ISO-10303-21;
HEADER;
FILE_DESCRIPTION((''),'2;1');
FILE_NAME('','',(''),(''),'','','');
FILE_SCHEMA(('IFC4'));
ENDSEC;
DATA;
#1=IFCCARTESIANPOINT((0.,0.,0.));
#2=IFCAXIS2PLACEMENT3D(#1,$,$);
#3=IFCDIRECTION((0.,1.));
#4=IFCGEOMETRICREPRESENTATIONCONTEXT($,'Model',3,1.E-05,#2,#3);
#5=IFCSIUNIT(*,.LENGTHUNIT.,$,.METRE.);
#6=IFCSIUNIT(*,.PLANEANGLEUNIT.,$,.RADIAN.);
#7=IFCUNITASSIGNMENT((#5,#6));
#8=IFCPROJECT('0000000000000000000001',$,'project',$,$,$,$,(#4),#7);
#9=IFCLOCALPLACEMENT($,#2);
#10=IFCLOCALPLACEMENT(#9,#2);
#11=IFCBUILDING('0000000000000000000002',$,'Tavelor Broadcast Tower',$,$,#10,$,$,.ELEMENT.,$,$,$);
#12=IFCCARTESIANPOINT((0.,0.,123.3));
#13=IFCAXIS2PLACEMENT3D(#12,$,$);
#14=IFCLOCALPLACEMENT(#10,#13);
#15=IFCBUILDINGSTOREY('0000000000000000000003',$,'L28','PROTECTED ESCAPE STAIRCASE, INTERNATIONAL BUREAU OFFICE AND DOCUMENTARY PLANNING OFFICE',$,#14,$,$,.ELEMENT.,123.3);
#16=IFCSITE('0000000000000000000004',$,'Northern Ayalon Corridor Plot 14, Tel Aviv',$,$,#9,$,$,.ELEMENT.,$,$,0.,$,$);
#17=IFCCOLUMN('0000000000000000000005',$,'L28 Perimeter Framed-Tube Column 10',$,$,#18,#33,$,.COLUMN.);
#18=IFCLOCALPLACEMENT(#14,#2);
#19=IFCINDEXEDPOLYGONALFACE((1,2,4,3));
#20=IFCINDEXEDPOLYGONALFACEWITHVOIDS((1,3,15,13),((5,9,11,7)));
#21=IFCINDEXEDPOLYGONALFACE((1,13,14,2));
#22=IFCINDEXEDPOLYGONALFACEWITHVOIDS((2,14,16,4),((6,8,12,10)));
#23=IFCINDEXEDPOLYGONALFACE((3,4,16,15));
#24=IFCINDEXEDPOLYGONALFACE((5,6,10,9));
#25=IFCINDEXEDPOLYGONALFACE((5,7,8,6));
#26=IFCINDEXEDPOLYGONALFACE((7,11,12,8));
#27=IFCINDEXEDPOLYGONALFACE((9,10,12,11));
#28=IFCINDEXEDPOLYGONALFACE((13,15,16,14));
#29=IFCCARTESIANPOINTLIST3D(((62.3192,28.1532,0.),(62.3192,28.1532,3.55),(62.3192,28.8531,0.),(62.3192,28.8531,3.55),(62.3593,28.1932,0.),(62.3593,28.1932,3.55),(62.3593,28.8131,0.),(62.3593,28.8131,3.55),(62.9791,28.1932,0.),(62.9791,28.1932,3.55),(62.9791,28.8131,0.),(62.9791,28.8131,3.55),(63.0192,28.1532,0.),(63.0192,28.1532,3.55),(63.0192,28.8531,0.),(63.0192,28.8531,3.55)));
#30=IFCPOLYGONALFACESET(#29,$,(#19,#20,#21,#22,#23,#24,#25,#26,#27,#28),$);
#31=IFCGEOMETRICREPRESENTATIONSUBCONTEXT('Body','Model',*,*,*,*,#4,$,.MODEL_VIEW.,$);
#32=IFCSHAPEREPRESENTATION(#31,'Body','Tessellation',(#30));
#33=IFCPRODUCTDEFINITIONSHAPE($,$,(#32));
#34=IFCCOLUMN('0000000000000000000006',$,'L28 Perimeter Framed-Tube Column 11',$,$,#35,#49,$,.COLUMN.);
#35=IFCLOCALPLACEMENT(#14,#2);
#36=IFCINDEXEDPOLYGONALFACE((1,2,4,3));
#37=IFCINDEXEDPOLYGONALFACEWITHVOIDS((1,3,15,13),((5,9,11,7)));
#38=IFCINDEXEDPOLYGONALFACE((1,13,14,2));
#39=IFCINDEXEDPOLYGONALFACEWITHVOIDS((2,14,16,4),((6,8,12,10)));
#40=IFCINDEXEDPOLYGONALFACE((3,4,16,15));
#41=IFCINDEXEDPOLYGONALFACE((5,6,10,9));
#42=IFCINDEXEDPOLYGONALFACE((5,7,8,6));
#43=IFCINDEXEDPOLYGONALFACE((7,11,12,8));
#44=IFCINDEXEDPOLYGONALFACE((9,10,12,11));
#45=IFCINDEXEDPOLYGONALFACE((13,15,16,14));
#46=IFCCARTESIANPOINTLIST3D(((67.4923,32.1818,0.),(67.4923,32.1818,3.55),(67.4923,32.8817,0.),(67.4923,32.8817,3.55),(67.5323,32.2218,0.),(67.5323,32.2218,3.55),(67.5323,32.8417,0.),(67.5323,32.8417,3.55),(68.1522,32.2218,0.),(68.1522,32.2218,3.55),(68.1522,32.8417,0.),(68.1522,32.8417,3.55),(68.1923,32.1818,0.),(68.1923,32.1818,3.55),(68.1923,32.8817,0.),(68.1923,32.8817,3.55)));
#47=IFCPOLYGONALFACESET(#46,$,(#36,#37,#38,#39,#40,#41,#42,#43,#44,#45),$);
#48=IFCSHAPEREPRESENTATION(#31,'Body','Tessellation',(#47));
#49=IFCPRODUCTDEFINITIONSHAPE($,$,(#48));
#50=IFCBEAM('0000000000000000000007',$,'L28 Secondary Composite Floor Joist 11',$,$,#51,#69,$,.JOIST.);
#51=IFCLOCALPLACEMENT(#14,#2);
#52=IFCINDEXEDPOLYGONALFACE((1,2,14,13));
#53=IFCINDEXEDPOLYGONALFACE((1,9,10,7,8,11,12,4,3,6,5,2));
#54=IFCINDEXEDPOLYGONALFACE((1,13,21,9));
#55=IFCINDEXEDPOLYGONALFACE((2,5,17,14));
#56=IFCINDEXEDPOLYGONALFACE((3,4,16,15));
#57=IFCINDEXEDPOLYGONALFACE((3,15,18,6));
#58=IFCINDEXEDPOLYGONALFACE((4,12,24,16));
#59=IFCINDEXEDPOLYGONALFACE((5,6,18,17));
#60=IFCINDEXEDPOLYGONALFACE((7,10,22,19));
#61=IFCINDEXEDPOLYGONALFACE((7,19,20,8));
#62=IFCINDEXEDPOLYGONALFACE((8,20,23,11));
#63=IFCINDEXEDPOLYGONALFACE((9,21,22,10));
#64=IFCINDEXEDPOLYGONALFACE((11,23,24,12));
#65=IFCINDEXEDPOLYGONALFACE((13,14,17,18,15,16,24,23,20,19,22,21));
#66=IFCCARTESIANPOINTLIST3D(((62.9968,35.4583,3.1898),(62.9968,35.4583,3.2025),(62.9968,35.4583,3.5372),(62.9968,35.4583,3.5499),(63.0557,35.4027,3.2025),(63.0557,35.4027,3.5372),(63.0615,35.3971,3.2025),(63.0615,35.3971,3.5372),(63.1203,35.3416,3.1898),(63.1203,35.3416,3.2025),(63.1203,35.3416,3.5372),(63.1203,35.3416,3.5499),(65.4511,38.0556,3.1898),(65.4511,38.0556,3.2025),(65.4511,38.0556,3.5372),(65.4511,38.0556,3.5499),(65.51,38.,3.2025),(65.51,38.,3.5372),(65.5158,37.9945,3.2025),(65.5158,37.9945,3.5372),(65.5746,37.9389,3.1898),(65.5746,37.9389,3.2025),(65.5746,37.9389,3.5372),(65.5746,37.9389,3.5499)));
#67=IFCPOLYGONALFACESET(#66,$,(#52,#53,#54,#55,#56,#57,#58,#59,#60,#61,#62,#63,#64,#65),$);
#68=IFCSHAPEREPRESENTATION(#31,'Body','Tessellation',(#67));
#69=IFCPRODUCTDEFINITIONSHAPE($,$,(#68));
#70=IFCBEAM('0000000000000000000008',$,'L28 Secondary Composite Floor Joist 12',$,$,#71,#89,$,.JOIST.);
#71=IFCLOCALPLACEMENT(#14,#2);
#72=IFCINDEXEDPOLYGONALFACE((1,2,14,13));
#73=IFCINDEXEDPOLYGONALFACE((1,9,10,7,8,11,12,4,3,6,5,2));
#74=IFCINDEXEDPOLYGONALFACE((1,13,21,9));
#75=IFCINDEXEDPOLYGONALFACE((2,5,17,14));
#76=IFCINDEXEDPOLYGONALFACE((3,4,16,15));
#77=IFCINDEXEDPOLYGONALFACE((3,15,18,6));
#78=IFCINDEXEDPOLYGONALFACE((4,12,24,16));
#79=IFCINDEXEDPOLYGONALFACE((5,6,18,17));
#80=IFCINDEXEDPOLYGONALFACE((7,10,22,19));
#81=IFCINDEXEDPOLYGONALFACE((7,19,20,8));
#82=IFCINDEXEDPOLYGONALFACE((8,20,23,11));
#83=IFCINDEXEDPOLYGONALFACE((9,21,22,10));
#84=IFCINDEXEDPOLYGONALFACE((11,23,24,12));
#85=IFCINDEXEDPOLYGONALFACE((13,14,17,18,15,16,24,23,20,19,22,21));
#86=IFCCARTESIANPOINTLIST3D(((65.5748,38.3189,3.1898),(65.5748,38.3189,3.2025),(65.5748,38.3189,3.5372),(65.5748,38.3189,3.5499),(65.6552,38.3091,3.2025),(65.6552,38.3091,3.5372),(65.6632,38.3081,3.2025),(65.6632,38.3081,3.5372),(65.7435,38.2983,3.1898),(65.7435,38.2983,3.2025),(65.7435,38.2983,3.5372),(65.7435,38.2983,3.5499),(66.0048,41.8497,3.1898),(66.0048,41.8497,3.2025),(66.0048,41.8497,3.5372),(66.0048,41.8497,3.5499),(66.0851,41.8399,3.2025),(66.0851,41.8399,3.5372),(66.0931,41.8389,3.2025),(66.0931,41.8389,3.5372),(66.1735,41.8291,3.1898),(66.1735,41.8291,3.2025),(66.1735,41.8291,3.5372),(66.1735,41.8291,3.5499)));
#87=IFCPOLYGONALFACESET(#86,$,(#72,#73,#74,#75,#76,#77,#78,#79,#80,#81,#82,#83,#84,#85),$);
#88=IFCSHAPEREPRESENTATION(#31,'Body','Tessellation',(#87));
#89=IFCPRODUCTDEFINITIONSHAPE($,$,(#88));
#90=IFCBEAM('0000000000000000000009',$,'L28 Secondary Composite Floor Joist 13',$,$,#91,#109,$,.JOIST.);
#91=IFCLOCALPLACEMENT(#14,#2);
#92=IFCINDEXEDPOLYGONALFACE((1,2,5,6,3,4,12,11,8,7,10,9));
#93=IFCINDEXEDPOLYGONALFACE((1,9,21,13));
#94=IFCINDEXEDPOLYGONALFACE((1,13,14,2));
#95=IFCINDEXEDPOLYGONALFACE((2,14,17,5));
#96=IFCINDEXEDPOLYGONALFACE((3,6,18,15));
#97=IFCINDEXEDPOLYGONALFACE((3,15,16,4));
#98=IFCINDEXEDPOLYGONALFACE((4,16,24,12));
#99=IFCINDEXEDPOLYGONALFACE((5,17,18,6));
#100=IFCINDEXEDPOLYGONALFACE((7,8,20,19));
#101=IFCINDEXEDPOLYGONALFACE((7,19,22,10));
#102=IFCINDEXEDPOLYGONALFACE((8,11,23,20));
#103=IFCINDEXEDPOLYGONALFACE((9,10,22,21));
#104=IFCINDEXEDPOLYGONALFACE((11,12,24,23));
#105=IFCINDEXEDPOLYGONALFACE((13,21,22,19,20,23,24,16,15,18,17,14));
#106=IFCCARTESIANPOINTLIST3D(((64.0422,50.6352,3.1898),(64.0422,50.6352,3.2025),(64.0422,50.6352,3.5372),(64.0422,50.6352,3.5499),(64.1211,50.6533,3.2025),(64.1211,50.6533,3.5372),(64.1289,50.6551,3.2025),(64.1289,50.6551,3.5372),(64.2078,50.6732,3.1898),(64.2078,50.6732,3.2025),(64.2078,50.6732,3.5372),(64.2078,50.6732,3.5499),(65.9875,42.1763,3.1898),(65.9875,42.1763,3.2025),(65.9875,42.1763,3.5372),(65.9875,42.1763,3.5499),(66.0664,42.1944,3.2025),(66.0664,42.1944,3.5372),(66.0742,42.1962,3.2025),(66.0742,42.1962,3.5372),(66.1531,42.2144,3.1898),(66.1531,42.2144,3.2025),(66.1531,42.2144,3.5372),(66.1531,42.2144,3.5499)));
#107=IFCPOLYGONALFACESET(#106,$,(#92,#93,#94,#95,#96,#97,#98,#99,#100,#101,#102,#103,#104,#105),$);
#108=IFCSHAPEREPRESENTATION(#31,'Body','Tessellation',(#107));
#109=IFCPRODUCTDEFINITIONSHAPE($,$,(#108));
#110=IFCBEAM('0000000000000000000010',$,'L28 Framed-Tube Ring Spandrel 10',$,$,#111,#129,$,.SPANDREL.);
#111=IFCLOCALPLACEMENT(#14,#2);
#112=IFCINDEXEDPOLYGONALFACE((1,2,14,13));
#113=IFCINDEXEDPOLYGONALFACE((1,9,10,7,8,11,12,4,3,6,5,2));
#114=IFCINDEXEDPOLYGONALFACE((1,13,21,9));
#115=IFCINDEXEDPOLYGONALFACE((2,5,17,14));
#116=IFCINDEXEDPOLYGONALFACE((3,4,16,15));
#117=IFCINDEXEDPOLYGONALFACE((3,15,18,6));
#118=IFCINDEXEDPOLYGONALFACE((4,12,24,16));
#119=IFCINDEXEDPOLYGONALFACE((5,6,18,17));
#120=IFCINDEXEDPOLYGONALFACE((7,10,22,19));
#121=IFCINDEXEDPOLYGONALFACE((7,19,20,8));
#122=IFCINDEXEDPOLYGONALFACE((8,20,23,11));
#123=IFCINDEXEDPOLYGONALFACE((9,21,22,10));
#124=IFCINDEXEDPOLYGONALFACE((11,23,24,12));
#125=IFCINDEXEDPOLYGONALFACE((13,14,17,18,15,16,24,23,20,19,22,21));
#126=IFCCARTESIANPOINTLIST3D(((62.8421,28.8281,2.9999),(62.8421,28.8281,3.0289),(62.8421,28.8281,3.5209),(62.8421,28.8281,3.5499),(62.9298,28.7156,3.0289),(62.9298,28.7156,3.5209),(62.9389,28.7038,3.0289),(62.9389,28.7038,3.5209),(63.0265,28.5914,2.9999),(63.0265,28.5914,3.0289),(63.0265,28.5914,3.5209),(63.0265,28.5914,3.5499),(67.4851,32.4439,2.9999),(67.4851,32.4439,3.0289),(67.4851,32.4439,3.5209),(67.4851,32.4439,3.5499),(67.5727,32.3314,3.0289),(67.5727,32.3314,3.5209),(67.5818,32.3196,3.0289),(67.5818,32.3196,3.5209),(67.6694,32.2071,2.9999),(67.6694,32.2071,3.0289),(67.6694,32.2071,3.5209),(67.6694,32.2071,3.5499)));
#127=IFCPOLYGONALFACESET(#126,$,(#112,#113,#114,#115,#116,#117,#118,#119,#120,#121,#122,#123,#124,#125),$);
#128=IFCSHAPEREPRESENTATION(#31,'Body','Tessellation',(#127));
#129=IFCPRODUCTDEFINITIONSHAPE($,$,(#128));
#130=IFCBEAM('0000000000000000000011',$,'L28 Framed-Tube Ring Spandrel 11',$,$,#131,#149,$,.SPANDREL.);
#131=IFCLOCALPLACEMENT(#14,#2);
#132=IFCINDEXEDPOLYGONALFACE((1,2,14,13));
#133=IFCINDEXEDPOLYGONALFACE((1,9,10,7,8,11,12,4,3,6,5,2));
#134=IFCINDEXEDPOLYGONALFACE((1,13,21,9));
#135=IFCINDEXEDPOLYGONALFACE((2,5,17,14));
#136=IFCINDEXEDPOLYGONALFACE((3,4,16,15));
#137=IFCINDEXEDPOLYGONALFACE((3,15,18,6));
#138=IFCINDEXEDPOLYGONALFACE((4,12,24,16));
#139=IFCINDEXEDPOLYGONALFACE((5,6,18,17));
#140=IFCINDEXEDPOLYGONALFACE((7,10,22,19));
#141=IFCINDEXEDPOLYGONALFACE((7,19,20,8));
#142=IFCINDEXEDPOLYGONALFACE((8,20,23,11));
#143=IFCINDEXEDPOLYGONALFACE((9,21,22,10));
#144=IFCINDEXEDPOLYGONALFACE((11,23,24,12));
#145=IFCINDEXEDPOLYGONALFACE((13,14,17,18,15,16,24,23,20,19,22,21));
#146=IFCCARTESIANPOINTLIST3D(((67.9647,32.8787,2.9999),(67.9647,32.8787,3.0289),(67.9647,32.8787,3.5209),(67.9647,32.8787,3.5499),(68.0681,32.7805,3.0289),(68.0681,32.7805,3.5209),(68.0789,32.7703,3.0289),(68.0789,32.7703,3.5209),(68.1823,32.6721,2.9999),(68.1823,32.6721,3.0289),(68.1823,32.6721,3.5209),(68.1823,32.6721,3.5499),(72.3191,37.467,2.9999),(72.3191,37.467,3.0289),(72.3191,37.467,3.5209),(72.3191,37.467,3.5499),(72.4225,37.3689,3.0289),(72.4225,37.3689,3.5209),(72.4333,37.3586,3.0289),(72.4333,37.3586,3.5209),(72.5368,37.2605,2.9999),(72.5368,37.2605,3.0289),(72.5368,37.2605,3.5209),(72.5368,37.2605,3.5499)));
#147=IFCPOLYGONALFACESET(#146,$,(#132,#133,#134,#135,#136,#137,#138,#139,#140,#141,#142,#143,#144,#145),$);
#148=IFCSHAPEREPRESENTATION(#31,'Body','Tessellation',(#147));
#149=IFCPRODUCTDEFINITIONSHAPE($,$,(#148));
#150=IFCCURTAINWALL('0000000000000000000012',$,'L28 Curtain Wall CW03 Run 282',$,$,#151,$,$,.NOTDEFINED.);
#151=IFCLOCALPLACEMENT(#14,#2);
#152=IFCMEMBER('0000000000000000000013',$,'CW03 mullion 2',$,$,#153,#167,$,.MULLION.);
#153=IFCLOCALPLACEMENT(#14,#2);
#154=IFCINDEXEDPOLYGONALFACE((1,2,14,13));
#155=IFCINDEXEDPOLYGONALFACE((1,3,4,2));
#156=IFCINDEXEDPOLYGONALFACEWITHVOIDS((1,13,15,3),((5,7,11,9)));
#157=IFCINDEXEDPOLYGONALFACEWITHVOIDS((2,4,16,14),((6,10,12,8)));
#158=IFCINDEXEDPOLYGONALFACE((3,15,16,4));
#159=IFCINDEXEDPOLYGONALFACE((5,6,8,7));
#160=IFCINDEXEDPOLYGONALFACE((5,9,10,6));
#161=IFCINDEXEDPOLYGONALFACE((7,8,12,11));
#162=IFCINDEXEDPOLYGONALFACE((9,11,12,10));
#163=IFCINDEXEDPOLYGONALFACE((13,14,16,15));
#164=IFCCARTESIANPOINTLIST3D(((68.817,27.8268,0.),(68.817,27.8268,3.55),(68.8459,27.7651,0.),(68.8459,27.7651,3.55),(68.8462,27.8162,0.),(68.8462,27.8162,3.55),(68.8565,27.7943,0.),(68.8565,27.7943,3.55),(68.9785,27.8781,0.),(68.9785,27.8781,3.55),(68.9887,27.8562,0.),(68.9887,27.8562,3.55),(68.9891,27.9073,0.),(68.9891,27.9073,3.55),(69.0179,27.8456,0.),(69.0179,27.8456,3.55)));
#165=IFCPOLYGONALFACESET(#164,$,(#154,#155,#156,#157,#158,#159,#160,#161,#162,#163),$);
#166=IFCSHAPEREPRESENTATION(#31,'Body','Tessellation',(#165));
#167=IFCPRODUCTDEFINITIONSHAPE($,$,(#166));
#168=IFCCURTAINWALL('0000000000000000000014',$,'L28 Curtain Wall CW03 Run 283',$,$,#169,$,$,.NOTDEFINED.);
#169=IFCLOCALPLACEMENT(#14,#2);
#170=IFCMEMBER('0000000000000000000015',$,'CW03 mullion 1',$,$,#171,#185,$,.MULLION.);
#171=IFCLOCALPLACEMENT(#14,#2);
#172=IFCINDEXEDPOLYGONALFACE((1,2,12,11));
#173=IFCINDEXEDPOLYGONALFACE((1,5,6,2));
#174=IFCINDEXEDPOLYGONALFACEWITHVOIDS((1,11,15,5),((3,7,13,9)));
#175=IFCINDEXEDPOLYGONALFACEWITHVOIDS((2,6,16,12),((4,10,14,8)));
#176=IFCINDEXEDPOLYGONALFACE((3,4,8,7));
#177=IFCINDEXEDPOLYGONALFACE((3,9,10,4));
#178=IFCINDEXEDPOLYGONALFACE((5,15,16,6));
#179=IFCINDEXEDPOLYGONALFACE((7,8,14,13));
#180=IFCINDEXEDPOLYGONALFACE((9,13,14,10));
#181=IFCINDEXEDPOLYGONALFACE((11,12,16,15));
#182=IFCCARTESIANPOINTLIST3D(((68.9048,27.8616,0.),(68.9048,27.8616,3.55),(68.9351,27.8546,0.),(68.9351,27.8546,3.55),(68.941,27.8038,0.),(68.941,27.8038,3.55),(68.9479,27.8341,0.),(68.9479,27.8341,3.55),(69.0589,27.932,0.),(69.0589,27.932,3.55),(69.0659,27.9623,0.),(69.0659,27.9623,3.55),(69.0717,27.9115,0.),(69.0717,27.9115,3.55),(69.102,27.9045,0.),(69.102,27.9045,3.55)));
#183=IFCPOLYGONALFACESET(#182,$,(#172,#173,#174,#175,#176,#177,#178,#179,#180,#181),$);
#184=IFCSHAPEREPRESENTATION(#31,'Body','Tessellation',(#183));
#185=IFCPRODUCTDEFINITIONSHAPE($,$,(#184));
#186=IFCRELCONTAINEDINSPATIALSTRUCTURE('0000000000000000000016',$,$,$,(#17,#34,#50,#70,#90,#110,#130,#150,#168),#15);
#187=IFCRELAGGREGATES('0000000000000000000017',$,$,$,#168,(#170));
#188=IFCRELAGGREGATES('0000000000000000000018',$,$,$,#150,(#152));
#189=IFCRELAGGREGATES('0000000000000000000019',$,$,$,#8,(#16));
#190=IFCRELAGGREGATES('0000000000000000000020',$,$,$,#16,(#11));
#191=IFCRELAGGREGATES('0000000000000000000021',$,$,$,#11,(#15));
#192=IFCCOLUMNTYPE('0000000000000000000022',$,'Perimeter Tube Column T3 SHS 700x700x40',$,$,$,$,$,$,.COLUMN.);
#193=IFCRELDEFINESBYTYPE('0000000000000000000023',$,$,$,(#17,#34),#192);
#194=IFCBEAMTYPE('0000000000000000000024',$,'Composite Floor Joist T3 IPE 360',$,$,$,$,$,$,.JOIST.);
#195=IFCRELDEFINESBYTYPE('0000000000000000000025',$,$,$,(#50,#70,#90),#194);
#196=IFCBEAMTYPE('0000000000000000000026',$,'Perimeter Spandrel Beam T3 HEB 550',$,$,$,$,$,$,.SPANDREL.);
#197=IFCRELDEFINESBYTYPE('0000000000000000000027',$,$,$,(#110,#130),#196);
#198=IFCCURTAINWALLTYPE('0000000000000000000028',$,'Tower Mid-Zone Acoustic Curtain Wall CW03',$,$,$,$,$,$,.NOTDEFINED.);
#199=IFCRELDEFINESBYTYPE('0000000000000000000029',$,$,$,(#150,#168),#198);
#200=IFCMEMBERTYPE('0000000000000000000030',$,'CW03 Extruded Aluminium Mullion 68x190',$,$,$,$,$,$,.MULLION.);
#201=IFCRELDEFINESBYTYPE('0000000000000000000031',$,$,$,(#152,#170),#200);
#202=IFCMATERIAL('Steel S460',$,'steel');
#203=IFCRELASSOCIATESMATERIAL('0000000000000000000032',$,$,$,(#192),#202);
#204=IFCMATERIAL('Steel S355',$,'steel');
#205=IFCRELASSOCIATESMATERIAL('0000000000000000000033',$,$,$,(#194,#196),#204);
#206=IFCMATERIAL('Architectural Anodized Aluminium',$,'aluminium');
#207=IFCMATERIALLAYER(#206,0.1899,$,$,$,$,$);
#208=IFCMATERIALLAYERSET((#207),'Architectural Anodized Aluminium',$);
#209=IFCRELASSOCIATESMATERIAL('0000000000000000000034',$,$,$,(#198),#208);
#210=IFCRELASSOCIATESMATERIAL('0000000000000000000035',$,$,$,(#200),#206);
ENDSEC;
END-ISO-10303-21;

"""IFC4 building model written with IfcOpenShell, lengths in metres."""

from ifc_helpers import new_model, si_unit, direction, frame, origin, origin_2d, place, context, subcontext, project, spatial, hollow_rectangle, i_section, extrude, source, transform, mapped, material, layer, layer_set, material_profile, profile_set, type_object, type_shapes, element, aggregate, save


model = new_model("IFC4")

# Units and contexts
model_context = context("Model", 3, precision=1e-05, world=origin(), true_north=direction((0.0, 1.0)))
body_context = subcontext(model_context, "Body", "Model", "MODEL_VIEW")
ifc_project = project(units=[si_unit("LENGTHUNIT", "METRE"), si_unit("PLANEANGLEUNIT", "RADIAN")], contexts=[model_context])

# Site, building, storey
site_placement = place(None, origin())
site = spatial("IfcSite", under=ifc_project, at=site_placement, Name="Northern Ayalon Corridor Plot 14, Tel Aviv", CompositionType="ELEMENT", RefElevation=0.0)
building_placement = place(site_placement, origin())
building = spatial("IfcBuilding", under=site, at=building_placement, Name="Tavelor Broadcast Tower", CompositionType="ELEMENT")
storey_placement = place(building_placement, frame((0.0, 0.0, 123.3)))
storey = spatial("IfcBuildingStorey", under=building, at=storey_placement, Name="L28", Description="PROTECTED ESCAPE STAIRCASE, INTERNATIONAL BUREAU OFFICE AND DOCUMENTARY PLANNING OFFICE", CompositionType="ELEMENT", Elevation=123.3)

# Columns
ifc_material_1 = material(Name="Steel S460", Category="steel")
ifc_material_profile_1 = material_profile(ifc_material_1, hollow_rectangle(XDim=0.7, YDim=0.7, WallThickness=0.04, at=origin_2d()), Name="SHS 700x700x40")
ifc_profile_set_1 = profile_set([ifc_material_profile_1], Name="Steel S460")
column_type = type_object("IfcColumnType", Name="Perimeter Tube Column T3 SHS 700x700x40", PredefinedType="COLUMN", material=ifc_profile_set_1)
for number, where, z_axis, x_axis, name in (
    (1, (62.6692, 28.5032, 0.0), (0.0, 0.0, 1.0), (1.0, 0.0, 0.0), "L28 Perimeter Framed-Tube Column 10"),
    (2, (67.8423, 32.5317, 0.0), (0.0, 0.0, 1.0), (1.0, 0.0, 0.0), "L28 Perimeter Framed-Tube Column 11"),
):
    element("IfcColumn", number, at=place(storey_placement, frame(where, z_axis=z_axis, x_axis=x_axis)), inside=storey, type_object=column_type, Name=name, PredefinedType="COLUMN", context=body_context, shape_type="SweptSolid", body=[
        extrude(hollow_rectangle(XDim=0.7, YDim=0.7, WallThickness=0.04, at=origin_2d()), origin(), (0.0, 0.0, 1.0), 3.55),
    ])

# Beams
ifc_material_2 = material(Name="Steel S355", Category="steel")
ifc_material_profile_2 = material_profile(ifc_material_2, i_section(OverallWidth=0.1699, OverallDepth=0.3601, WebThickness=0.0081, FlangeThickness=0.0127, at=origin_2d()), Name="IPE 360")
ifc_profile_set_2 = profile_set([ifc_material_profile_2], Name="Steel S355")
beam_type_1 = type_object("IfcBeamType", Name="Composite Floor Joist T3 IPE 360", PredefinedType="JOIST", material=ifc_profile_set_2)
beam_1_placement = place(storey_placement, frame((63.0586, 35.3999, 3.3699), z_axis=(0.686806, 0.726841, 0.0), x_axis=(-0.726841, 0.686806, 0.0)))
element("IfcBeam", 3, at=beam_1_placement, inside=storey, type_object=beam_type_1, Name="L28 Secondary Composite Floor Joist 11", PredefinedType="JOIST", context=body_context, shape_type="SweptSolid", body=[
    extrude(i_section(OverallWidth=0.1699, OverallDepth=0.3601, WebThickness=0.0081, FlangeThickness=0.0127, at=origin_2d()), origin(), (0.0, 0.0, 1.0), 3.5735),
])
beam_2_placement = place(storey_placement, frame((65.6592, 38.3086, 3.3699), z_axis=(0.120875, 0.992668, 0.0), x_axis=(-0.992668, 0.120875, 0.0)))
element("IfcBeam", 4, at=beam_2_placement, inside=storey, type_object=beam_type_1, Name="L28 Secondary Composite Floor Joist 12", PredefinedType="JOIST", context=body_context, shape_type="SweptSolid", body=[
    extrude(i_section(OverallWidth=0.1699, OverallDepth=0.3601, WebThickness=0.0081, FlangeThickness=0.0127, at=origin_2d()), origin(), (0.0, 0.0, 1.0), 3.5569),
])
beam_3_placement = place(storey_placement, frame((66.0703, 42.1953, 3.3699), z_axis=(-0.22412, 0.974562, 0.0), x_axis=(-0.974562, -0.22412, 0.0)))
element("IfcBeam", 5, at=beam_3_placement, inside=storey, type_object=beam_type_1, Name="L28 Secondary Composite Floor Joist 13", PredefinedType="JOIST", context=body_context, shape_type="SweptSolid", body=[
    extrude(i_section(OverallWidth=0.1699, OverallDepth=0.3601, WebThickness=0.0081, FlangeThickness=0.0127, at=origin_2d()), origin(), (0.0, 0.0, 1.0), 8.6797),
])
ifc_material_profile_3 = material_profile(ifc_material_2, i_section(OverallWidth=0.3, OverallDepth=0.55, WebThickness=0.0149, FlangeThickness=0.0291, at=origin_2d()), Name="HEB 550")
ifc_profile_set_3 = profile_set([ifc_material_profile_3], Name="Steel S355")
beam_type_2 = type_object("IfcBeamType", Name="Perimeter Spandrel Beam T3 HEB 550", PredefinedType="SPANDREL", material=ifc_profile_set_3)
beam_4_placement = place(storey_placement, frame((62.9343, 28.7097, 3.2749), z_axis=(0.78897, 0.614432, 0.0), x_axis=(-0.614432, 0.78897, 0.0)))
element("IfcBeam", 6, at=beam_4_placement, inside=storey, type_object=beam_type_2, Name="L28 Framed-Tube Ring Spandrel 10", PredefinedType="SPANDREL", context=body_context, shape_type="SweptSolid", body=[
    extrude(i_section(OverallWidth=0.3, OverallDepth=0.55, WebThickness=0.0149, FlangeThickness=0.0291, at=origin_2d()), origin(), (0.0, 0.0, 1.0), 5.8848),
])
beam_5_placement = place(storey_placement, frame((68.0735, 32.7754, 3.2749), z_axis=(0.688378, 0.725352, 0.0), x_axis=(-0.725352, 0.688378, 0.0)))
element("IfcBeam", 7, at=beam_5_placement, inside=storey, type_object=beam_type_2, Name="L28 Framed-Tube Ring Spandrel 11", PredefinedType="SPANDREL", context=body_context, shape_type="SweptSolid", body=[
    extrude(i_section(OverallWidth=0.3, OverallDepth=0.55, WebThickness=0.0149, FlangeThickness=0.0291, at=origin_2d()), origin(), (0.0, 0.0, 1.0), 6.3257),
])

# Curtain walls, members
ifc_material_3 = material(Name="Architectural Anodized Aluminium", Category="aluminium")
ifc_layer_1 = layer(ifc_material_3, 0.1899)
ifc_layer_set_1 = layer_set([ifc_layer_1], Name="Architectural Anodized Aluminium")
curtain_wall_type = type_object("IfcCurtainWallType", Name="Tower Mid-Zone Acoustic Curtain Wall CW03", PredefinedType="NOTDEFINED", material=ifc_layer_set_1)
curtain_wall_1_placement = place(storey_placement, origin())
curtain_wall_1 = element("IfcCurtainWall", 8, at=curtain_wall_1_placement, inside=storey, type_object=curtain_wall_type, Name="L28 Curtain Wall CW03 Run 282", PredefinedType="NOTDEFINED")
ifc_material_profile_4 = material_profile(ifc_material_3, hollow_rectangle(XDim=0.0681, YDim=0.1899, WallThickness=0.022, at=origin_2d()), Name="RHS 68x190x22")
ifc_profile_set_4 = profile_set([ifc_material_profile_4], Name="Architectural Anodized Aluminium")
member_type_1 = type_object("IfcMemberType", Name="CW03 Extruded Aluminium Mullion 68x190", PredefinedType="MULLION", material=ifc_profile_set_4)
shared_shape_1 = source(origin(), body_context, "Body", "SweptSolid", [
    extrude(hollow_rectangle(XDim=0.0681, YDim=0.1899, WallThickness=0.022, at=origin_2d()), origin(), (0.0, 0.0, 1.0), 3.55),
])
type_shapes(member_type_1, [shared_shape_1])
member_1_placement = place(storey_placement, frame((68.9175, 27.8362, 0.0), z_axis=(0.0, 0.0, 1.0), x_axis=(-0.423802, 0.905755, 0.0)))
member_1 = element("IfcMember", 9, at=member_1_placement, type_object=member_type_1, Name="CW03 mullion 2", PredefinedType="MULLION", context=body_context, shape_type="MappedRepresentation", body=[
    mapped(shared_shape_1, transform((0.0, 0.0, 0.0), scale=1.0)),
])
curtain_wall_2_placement = place(storey_placement, origin())
curtain_wall_2 = element("IfcCurtainWall", 10, at=curtain_wall_2_placement, inside=storey, type_object=curtain_wall_type, Name="L28 Curtain Wall CW03 Run 283", PredefinedType="NOTDEFINED")
member_2_placement = place(storey_placement, frame((69.0034, 27.8831, 0.0), z_axis=(0.0, 0.0, 1.0), x_axis=(-0.530293, 0.847815, 0.0)))
member_2 = element("IfcMember", 11, at=member_2_placement, type_object=member_type_1, Name="CW03 mullion 1", PredefinedType="MULLION", context=body_context, shape_type="MappedRepresentation", body=[
    mapped(shared_shape_1, transform((0.0, 0.0, 0.0), scale=1.0)),
])

aggregate(curtain_wall_2, [member_2])

aggregate(curtain_wall_1, [member_1])

save(model, "model.ifc")
